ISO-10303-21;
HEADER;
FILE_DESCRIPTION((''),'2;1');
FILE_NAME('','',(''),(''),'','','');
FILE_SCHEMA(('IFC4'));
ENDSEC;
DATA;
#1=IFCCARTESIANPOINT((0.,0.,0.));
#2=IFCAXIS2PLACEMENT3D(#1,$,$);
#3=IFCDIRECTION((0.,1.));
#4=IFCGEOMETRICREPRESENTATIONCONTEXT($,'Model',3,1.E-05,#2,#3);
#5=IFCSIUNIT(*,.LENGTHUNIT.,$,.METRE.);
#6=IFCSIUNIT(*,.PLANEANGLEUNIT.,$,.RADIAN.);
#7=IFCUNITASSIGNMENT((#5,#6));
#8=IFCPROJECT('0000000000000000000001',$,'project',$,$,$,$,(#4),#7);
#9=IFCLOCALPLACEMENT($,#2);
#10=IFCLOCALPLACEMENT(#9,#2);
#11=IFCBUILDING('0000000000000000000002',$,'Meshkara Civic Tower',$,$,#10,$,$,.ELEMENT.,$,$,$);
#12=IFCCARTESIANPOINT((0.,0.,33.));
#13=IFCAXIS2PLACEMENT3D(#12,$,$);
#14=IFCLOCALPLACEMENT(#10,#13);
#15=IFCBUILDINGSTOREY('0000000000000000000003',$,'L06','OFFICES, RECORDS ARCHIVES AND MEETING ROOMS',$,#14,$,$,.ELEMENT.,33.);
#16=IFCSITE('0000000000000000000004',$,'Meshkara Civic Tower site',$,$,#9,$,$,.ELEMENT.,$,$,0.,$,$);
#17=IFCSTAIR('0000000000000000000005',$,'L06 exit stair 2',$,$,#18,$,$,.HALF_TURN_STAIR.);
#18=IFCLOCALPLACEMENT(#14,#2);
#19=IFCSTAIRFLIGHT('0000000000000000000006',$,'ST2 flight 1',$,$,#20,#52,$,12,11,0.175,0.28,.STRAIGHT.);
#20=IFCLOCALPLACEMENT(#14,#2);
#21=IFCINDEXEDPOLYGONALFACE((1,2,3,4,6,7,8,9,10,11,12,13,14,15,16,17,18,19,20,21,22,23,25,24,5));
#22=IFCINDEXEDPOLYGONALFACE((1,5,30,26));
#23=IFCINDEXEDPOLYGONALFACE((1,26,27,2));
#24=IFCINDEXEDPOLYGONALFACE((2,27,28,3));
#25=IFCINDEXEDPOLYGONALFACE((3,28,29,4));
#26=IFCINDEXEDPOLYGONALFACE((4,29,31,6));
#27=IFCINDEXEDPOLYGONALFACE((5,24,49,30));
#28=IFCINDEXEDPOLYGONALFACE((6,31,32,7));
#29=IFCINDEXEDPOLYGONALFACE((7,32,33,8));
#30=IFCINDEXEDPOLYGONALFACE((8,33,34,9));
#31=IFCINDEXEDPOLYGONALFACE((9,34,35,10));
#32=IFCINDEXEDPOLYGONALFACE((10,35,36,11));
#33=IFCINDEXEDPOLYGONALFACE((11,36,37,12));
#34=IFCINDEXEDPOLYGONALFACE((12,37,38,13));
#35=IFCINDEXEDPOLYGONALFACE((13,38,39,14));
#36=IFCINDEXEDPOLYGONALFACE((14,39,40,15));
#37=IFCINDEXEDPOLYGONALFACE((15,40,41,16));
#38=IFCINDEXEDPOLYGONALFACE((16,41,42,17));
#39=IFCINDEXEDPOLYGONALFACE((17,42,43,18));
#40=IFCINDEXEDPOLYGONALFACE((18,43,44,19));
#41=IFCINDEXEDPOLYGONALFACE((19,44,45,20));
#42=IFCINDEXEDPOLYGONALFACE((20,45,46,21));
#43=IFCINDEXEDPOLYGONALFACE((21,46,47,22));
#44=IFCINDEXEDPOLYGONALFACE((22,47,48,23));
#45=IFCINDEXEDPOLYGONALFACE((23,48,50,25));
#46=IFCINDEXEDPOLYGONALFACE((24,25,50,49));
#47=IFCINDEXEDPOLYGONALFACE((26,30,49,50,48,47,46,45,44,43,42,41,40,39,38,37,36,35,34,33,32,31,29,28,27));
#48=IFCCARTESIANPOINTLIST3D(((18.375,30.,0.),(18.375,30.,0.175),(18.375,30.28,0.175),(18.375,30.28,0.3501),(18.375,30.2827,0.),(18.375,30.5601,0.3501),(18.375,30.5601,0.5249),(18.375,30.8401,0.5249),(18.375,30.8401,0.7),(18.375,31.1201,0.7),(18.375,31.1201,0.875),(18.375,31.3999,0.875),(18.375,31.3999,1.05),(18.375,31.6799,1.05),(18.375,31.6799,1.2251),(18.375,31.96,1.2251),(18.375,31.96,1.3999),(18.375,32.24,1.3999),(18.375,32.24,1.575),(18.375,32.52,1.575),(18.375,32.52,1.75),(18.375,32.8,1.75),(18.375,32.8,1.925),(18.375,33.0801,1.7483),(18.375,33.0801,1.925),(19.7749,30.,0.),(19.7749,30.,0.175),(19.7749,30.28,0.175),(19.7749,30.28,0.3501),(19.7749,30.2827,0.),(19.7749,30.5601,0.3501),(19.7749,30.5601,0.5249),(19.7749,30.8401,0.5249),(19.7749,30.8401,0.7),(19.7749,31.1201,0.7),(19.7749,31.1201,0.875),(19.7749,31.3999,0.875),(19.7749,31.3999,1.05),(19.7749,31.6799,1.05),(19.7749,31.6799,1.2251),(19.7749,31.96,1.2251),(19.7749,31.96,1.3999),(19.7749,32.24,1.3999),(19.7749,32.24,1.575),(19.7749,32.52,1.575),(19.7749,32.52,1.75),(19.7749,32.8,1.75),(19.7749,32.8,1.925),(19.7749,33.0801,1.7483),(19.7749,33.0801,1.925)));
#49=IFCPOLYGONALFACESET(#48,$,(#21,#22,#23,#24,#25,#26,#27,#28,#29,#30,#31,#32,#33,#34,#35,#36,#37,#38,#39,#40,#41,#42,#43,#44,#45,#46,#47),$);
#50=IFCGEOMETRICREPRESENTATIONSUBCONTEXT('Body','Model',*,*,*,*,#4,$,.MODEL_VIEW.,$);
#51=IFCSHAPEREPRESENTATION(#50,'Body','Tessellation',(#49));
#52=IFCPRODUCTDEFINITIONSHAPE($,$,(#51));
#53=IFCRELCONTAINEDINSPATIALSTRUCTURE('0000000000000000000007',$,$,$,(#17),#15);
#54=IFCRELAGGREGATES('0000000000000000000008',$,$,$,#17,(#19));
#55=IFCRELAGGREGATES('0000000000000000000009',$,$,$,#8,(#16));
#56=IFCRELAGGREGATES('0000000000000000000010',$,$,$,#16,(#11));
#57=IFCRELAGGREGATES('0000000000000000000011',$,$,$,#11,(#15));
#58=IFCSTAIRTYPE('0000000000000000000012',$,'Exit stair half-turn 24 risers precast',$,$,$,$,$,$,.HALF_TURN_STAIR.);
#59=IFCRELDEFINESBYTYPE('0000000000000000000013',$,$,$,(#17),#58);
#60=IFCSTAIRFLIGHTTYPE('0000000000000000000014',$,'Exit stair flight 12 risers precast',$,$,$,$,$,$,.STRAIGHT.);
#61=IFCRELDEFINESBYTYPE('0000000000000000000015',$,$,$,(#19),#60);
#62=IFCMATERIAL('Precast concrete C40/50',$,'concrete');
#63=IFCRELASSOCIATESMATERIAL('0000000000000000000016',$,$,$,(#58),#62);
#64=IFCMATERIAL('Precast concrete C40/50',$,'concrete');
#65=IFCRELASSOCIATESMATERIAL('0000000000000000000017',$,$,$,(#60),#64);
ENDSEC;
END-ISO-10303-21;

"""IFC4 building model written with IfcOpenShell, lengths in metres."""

from ifc_helpers import new_model, si_unit, direction, frame, origin, place, context, subcontext, project, spatial, polyline, outline, extrude, material, type_object, element, aggregate, save


model = new_model("IFC4")

# Units and contexts
model_context = context("Model", 3, precision=1e-05, world=origin(), true_north=direction((0.0, 1.0)))
body_context = subcontext(model_context, "Body", "Model", "MODEL_VIEW")
ifc_project = project(units=[si_unit("LENGTHUNIT", "METRE"), si_unit("PLANEANGLEUNIT", "RADIAN")], contexts=[model_context])

# Site, building, storey
site_placement = place(None, origin())
site = spatial("IfcSite", under=ifc_project, at=site_placement, Name="Meshkara Civic Tower site", CompositionType="ELEMENT", RefElevation=0.0)
building_placement = place(site_placement, origin())
building = spatial("IfcBuilding", under=site, at=building_placement, Name="Meshkara Civic Tower", CompositionType="ELEMENT")
storey_placement = place(building_placement, frame((0.0, 0.0, 33.0)))
storey = spatial("IfcBuildingStorey", under=building, at=storey_placement, Name="L06", Description="OFFICES, RECORDS ARCHIVES AND MEETING ROOMS", CompositionType="ELEMENT", Elevation=33.0)

# Stair, stair flight
ifc_material_1 = material(Name="Precast concrete C40/50", Category="concrete")
stair_type = type_object("IfcStairType", Name="Exit stair half-turn 24 risers precast", PredefinedType="HALF_TURN_STAIR", material=ifc_material_1)
stair_placement = place(storey_placement, origin())
stair = element("IfcStair", 1, at=stair_placement, inside=storey, type_object=stair_type, Name="L06 exit stair 2", PredefinedType="HALF_TURN_STAIR")
ifc_material_2 = material(Name="Precast concrete C40/50", Category="concrete")
stair_flight_type = type_object("IfcStairFlightType", Name="Exit stair flight 12 risers precast", PredefinedType="STRAIGHT", material=ifc_material_2)
stair_flight_placement = place(storey_placement, frame((19.075, 30.0, 0.0), z_axis=(0.0, 0.0, 1.0), x_axis=(0.0, 1.0, 0.0)))
stair_flight = element("IfcStairFlight", 2, at=stair_flight_placement, type_object=stair_flight_type, Name="ST2 flight 1", NumberOfRisers=12, NumberOfTreads=11, PredefinedType="STRAIGHT", RiserHeight=0.175, TreadLength=0.28, context=body_context, shape_type="SweptSolid", body=[
    extrude(outline(polyline([(0.0, 0.0), (0.0, 0.175), (0.28, 0.175), (0.28, 0.3501), (0.5601, 0.3501), (0.5601, 0.5249), (0.8401, 0.5249), (0.8401, 0.7), (1.1201, 0.7), (1.1201, 0.875), (1.3999, 0.875), (1.3999, 1.05), (1.6799, 1.05), (1.6799, 1.2251), (1.96, 1.2251), (1.96, 1.3999), (2.24, 1.3999), (2.24, 1.575), (2.52, 1.575), (2.52, 1.75), (2.8, 1.75), (2.8, 1.925), (3.0801, 1.925), (3.0801, 2.1001), (3.0801, 1.7483), (0.2827, 0.0), (0.0, 0.0)])), frame((0.0, 0.7, 0.0), z_axis=(0.0, -1.0, 0.0), x_axis=(1.0, 0.0, 0.0)), (0.0, 0.0, 1.0), 1.3999),
])
aggregate(stair, [stair_flight])

save(model, "model.ifc")
